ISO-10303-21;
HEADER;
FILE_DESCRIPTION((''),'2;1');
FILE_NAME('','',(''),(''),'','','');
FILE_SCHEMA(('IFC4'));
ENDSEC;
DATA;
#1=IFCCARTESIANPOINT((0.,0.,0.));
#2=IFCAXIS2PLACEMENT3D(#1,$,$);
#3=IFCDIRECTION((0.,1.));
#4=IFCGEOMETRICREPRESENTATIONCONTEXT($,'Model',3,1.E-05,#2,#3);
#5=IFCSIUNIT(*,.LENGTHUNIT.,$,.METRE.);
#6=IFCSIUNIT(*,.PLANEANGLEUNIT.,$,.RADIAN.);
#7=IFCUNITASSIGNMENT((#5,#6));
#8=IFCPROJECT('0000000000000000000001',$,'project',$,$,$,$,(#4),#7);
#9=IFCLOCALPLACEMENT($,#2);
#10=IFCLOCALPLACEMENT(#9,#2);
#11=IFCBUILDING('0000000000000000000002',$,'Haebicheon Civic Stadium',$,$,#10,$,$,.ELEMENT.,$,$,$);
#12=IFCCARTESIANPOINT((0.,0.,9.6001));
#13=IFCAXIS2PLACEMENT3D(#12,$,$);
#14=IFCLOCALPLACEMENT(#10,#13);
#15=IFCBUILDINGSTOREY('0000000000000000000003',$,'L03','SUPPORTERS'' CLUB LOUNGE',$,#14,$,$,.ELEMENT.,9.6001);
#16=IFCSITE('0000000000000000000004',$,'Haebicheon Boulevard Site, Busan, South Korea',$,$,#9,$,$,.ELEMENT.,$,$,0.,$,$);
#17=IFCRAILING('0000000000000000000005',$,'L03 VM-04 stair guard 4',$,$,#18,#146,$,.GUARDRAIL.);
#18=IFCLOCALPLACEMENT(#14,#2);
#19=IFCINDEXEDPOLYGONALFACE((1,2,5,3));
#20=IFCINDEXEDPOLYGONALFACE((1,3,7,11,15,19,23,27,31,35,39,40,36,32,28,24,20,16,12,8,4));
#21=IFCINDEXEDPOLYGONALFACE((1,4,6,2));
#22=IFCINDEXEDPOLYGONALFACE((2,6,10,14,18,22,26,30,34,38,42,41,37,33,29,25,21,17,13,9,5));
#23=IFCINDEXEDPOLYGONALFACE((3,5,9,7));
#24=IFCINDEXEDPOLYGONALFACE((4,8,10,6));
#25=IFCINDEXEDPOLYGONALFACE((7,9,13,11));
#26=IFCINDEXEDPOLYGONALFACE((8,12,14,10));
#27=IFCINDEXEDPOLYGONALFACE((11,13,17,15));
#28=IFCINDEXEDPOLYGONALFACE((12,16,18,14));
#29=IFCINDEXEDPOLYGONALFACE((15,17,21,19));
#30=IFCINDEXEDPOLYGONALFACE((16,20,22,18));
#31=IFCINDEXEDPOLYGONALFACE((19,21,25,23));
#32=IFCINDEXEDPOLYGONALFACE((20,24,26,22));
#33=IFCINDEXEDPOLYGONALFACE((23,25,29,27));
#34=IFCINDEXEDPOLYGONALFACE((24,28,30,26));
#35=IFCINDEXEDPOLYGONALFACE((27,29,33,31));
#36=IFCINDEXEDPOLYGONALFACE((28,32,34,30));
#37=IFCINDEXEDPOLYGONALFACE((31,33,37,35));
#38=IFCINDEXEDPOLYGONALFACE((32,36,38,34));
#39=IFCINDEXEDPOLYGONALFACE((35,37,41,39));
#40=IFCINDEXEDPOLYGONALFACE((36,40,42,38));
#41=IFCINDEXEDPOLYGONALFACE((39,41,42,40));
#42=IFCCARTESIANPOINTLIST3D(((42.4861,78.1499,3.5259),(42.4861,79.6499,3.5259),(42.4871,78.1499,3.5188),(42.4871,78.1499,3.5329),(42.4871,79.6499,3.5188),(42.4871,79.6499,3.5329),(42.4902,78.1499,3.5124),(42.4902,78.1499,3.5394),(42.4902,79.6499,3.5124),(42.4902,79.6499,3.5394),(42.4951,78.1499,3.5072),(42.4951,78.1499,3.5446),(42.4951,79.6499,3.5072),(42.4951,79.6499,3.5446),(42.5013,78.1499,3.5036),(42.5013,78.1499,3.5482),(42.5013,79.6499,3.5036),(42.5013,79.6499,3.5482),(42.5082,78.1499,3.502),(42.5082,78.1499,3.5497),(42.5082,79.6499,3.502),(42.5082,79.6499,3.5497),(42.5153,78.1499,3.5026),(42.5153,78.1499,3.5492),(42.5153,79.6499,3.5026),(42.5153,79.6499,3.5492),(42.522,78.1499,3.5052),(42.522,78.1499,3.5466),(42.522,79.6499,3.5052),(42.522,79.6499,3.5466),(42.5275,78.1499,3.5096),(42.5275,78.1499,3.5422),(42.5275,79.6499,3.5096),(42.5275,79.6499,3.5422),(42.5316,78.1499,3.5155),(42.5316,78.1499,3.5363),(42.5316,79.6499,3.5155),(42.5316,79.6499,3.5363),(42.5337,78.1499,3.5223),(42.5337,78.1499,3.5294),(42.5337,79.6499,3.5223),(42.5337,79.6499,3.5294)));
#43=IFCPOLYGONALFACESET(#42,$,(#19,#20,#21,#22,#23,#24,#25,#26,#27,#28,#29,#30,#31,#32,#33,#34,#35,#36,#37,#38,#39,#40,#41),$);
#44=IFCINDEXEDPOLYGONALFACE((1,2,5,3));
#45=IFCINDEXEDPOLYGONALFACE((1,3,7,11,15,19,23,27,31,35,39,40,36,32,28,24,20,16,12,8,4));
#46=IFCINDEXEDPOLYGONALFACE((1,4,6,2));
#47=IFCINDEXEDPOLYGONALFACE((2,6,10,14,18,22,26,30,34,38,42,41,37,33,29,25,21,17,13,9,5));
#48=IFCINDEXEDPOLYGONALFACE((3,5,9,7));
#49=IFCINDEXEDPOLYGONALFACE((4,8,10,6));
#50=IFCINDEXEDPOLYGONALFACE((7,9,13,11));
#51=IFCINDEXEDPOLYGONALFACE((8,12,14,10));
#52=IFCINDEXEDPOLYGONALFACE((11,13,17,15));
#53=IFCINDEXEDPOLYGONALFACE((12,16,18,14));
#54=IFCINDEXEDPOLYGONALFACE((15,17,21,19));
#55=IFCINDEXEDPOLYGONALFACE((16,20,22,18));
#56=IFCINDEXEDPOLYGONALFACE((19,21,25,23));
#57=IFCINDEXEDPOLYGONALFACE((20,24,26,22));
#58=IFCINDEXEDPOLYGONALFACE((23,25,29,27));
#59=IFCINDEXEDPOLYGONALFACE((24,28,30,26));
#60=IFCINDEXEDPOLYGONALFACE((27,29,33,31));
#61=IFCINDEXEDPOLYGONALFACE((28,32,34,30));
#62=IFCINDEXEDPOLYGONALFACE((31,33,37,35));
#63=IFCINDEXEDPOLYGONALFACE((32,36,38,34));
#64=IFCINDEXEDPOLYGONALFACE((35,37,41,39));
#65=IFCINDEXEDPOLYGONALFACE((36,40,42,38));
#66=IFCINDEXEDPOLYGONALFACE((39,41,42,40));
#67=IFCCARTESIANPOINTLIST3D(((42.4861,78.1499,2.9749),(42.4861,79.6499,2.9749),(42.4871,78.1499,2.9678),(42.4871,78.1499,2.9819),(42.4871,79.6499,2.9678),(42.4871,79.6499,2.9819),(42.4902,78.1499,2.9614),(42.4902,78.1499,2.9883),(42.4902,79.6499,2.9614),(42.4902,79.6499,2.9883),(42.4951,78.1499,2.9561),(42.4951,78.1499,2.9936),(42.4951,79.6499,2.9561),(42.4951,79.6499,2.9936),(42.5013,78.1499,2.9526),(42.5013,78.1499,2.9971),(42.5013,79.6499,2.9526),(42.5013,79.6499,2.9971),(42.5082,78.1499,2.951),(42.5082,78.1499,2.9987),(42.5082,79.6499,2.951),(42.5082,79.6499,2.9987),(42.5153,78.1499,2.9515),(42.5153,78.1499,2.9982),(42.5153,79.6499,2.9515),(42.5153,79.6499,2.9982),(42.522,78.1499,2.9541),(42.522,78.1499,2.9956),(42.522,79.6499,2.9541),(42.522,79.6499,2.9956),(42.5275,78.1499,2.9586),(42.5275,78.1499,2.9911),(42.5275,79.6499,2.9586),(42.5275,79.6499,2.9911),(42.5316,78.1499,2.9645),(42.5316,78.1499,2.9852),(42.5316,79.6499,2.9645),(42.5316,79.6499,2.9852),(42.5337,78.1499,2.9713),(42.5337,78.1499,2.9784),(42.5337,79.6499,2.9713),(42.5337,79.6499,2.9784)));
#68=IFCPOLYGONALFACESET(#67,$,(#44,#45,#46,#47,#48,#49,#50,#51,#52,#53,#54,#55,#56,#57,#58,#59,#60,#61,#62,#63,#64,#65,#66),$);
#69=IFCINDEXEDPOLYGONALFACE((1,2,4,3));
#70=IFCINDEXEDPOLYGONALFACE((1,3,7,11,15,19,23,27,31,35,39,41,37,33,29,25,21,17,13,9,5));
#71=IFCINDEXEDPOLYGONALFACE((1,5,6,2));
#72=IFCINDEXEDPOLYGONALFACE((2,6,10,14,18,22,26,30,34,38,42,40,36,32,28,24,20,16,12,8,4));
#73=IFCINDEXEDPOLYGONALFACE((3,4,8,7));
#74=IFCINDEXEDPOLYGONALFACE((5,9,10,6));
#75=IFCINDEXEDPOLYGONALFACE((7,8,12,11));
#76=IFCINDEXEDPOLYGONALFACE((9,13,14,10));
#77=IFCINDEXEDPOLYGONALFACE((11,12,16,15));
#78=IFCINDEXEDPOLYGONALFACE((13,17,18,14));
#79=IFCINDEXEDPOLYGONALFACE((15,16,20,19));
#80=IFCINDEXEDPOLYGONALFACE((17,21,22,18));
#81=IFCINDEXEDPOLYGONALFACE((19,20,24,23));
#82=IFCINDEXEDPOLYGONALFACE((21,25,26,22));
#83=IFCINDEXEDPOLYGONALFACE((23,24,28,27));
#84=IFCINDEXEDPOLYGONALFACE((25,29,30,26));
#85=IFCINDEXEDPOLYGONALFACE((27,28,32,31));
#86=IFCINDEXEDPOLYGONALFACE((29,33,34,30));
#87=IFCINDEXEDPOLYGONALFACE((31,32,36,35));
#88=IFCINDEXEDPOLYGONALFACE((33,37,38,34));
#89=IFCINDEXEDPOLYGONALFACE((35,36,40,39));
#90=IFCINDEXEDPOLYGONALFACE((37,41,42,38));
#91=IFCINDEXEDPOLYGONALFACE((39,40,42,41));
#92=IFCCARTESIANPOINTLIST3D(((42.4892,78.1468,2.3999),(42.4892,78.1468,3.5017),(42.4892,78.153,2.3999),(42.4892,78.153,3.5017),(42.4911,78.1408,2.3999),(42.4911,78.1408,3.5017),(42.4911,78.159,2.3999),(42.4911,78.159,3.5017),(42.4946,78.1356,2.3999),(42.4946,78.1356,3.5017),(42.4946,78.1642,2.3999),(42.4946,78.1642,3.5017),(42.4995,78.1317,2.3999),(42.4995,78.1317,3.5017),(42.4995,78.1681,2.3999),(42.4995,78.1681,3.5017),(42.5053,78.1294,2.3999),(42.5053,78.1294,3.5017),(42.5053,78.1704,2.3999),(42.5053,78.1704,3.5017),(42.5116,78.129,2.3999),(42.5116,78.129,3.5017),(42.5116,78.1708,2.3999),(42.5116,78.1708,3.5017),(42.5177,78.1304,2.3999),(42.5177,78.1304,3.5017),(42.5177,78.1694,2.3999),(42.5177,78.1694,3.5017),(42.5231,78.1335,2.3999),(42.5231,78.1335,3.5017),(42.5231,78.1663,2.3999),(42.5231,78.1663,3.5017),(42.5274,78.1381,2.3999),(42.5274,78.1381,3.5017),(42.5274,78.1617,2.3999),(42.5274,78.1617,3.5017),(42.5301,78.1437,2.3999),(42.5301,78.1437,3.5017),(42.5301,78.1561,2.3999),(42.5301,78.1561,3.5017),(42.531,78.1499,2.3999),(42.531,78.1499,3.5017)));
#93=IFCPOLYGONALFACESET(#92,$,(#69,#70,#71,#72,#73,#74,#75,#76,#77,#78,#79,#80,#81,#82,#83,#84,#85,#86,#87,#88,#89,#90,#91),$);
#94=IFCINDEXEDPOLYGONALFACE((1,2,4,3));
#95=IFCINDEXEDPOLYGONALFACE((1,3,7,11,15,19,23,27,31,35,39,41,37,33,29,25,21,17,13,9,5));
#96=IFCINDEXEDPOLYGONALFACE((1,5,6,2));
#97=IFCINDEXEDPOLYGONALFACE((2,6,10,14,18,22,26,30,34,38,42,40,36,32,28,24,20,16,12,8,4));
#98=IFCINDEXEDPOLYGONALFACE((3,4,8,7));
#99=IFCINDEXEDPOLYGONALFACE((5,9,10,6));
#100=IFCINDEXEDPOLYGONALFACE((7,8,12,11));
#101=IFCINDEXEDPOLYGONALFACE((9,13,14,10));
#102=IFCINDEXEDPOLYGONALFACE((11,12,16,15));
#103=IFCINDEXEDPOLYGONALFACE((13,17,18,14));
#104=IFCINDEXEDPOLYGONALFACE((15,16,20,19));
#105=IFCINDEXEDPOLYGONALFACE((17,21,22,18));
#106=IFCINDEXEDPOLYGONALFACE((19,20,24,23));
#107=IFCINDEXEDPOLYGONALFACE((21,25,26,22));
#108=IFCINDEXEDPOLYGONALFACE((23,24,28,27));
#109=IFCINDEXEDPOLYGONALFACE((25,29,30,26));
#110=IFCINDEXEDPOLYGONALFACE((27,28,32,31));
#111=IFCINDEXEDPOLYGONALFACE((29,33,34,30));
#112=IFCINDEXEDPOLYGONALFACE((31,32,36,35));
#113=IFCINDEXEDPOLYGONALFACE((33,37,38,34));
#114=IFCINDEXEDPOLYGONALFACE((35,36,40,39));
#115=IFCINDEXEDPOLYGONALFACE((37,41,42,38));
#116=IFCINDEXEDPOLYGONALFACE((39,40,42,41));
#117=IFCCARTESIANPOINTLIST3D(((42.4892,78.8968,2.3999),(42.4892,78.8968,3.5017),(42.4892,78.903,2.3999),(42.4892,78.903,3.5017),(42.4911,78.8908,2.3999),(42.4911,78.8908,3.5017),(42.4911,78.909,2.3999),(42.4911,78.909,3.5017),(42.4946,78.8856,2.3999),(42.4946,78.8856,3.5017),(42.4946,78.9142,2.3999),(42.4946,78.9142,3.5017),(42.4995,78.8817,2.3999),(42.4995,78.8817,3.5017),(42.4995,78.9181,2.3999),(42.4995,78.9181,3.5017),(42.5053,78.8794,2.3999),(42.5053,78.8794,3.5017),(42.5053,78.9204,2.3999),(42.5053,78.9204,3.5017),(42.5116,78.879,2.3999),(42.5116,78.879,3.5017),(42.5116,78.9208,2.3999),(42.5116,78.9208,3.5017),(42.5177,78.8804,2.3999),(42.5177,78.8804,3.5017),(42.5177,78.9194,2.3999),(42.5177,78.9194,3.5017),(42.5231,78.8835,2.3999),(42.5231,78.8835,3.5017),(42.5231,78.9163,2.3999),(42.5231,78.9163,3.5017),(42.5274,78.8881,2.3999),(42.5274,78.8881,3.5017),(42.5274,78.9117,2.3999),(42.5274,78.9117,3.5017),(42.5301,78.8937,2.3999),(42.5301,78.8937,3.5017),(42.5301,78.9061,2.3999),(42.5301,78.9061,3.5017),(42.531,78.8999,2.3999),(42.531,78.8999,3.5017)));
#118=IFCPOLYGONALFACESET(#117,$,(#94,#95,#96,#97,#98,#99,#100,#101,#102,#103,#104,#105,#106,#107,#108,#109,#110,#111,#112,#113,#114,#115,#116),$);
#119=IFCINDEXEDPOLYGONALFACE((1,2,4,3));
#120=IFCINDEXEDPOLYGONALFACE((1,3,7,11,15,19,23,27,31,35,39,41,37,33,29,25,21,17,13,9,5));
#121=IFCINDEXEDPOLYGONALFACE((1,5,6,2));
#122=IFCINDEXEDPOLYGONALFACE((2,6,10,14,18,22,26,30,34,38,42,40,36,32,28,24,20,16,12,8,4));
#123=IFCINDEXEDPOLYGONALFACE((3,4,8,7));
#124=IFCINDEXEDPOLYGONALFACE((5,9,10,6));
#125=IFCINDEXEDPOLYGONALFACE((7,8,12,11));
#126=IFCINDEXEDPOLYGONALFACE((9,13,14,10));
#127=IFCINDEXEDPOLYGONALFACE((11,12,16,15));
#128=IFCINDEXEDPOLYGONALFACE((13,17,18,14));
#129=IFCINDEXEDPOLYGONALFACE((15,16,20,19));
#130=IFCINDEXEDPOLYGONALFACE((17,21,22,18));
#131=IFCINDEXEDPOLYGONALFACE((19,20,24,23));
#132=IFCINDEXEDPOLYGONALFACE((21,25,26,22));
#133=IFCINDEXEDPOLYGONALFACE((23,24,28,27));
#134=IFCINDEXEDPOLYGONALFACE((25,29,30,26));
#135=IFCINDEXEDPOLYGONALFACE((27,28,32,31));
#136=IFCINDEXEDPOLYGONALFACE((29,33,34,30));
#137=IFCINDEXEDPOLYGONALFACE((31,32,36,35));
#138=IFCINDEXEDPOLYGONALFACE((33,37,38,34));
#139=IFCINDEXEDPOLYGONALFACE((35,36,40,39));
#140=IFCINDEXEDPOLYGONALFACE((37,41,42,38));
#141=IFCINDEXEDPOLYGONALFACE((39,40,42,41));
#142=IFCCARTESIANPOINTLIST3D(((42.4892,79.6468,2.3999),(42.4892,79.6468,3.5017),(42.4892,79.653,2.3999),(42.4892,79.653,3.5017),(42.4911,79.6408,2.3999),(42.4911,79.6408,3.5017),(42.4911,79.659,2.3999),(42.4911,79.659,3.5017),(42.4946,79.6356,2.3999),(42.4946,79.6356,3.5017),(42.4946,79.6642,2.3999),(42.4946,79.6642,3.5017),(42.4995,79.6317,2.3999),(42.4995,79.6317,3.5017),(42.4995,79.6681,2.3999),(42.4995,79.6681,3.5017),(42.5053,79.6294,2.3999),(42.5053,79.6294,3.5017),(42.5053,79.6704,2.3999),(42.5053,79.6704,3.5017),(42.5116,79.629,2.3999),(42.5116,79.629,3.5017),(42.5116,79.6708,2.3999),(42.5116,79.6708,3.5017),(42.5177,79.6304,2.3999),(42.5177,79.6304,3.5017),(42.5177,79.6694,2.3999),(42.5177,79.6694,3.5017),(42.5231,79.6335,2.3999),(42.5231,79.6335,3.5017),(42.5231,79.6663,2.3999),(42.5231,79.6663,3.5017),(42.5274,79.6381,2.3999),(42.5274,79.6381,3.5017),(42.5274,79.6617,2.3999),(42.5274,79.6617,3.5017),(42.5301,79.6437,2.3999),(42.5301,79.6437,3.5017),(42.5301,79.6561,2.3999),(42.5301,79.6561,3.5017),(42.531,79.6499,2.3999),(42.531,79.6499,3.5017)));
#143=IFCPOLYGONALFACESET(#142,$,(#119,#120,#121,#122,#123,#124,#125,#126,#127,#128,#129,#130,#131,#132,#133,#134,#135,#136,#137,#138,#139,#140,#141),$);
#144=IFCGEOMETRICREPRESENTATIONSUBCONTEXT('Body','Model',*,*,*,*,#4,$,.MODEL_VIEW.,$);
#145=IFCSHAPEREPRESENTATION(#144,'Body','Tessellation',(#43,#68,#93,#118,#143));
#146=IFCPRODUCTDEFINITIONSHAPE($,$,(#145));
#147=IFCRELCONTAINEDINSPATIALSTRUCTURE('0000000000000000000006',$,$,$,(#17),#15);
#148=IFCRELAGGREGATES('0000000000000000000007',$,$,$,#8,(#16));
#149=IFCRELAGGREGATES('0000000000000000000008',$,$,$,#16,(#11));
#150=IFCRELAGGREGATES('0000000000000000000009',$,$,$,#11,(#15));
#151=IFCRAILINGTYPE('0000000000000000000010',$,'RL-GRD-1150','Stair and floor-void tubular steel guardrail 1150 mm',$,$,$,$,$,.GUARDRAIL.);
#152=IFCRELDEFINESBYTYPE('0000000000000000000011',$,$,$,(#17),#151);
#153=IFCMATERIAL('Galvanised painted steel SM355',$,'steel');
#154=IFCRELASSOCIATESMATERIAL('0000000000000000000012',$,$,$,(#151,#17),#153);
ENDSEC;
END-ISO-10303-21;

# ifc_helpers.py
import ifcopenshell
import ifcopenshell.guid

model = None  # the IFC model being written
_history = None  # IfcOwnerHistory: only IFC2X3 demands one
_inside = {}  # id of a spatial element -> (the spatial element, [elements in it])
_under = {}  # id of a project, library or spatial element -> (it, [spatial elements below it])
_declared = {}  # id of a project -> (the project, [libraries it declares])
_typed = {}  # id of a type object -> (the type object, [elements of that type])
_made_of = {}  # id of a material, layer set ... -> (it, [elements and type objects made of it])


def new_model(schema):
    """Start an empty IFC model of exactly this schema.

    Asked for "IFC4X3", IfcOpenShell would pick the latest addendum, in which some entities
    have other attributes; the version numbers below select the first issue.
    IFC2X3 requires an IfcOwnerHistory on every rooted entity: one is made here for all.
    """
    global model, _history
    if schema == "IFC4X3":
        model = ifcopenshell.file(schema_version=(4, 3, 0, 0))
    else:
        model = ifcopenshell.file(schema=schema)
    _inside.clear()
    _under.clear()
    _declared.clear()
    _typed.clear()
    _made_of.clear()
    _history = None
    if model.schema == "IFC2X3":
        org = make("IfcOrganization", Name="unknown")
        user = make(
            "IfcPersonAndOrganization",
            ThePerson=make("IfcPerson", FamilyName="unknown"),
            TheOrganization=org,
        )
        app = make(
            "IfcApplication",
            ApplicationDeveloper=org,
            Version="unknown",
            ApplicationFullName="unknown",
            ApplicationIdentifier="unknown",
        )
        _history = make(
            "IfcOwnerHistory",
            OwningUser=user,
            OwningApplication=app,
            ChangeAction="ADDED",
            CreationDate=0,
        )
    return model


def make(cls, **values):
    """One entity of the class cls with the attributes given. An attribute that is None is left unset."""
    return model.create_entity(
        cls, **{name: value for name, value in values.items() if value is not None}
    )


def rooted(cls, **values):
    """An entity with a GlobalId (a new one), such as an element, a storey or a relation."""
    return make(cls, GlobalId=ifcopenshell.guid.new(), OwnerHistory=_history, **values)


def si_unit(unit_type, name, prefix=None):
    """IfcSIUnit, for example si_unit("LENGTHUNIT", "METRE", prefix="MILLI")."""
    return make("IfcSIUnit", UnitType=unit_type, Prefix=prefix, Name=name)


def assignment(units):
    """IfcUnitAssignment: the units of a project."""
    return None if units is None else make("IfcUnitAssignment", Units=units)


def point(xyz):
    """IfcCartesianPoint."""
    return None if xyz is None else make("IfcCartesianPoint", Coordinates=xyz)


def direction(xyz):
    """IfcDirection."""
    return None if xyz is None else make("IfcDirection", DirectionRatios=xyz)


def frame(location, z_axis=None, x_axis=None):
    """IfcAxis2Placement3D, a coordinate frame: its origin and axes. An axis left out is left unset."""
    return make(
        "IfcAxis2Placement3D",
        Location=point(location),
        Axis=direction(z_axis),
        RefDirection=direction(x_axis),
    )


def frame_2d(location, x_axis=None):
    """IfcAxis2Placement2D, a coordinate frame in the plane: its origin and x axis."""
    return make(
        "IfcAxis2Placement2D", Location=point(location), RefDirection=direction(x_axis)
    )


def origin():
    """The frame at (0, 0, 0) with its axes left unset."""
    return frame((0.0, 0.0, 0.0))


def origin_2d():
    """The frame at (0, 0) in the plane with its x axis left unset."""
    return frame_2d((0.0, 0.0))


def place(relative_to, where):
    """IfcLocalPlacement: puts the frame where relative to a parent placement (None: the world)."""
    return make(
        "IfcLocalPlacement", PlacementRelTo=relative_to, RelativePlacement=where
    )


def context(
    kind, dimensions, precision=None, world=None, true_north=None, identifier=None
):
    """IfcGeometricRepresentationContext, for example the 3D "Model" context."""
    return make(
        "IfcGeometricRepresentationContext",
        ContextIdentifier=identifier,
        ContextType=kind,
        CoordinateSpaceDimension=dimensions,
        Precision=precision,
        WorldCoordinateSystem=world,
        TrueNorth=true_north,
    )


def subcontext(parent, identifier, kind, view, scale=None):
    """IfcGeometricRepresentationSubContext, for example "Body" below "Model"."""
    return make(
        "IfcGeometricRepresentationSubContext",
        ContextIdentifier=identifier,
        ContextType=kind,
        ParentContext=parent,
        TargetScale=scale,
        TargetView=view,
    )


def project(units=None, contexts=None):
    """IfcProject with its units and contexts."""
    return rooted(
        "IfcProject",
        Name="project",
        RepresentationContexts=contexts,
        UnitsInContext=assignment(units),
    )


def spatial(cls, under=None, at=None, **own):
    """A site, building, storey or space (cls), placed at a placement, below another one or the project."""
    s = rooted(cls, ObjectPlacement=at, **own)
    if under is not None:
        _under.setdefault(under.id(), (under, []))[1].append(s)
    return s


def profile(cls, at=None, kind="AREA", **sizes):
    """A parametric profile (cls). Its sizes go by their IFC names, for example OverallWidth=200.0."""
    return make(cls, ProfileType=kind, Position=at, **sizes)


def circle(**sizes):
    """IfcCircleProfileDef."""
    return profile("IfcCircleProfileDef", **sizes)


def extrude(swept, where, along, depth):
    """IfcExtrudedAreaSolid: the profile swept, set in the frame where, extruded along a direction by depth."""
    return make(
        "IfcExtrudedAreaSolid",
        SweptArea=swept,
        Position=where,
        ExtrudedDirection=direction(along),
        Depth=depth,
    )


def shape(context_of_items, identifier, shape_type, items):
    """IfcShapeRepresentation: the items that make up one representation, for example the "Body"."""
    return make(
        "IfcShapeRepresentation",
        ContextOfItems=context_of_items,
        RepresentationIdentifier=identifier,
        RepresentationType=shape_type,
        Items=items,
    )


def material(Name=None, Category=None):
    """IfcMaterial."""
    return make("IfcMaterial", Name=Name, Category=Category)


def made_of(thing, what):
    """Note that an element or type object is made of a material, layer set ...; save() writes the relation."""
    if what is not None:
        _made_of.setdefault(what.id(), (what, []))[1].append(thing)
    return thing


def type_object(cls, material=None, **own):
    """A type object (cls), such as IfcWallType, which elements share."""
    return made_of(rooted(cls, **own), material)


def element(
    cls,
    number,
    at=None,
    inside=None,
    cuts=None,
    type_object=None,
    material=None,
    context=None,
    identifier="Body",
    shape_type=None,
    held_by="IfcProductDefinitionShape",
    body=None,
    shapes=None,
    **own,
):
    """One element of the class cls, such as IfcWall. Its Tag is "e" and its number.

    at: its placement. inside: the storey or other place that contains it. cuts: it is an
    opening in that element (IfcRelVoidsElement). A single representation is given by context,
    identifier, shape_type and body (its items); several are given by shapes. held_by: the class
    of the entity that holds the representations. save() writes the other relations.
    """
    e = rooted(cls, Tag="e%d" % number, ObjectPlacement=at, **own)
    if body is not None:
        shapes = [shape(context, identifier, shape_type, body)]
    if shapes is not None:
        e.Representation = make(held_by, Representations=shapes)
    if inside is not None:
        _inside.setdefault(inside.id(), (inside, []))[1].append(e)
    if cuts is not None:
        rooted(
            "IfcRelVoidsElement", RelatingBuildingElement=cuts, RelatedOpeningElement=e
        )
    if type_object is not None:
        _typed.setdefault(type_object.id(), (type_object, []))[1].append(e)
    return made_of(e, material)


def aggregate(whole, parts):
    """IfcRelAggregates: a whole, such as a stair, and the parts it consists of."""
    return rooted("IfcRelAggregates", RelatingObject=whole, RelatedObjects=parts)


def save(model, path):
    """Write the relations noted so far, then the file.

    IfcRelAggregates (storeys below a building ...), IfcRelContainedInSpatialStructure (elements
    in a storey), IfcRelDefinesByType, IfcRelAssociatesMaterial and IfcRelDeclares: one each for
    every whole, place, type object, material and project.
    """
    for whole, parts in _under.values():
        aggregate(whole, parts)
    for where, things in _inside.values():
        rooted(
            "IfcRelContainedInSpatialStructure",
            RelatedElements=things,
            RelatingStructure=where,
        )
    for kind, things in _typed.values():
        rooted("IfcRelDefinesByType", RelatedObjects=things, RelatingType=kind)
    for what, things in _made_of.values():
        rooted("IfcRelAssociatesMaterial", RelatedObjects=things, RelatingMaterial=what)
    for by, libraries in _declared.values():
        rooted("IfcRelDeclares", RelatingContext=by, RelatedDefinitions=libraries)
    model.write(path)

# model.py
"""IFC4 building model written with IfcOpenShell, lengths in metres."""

from ifc_helpers import new_model, si_unit, direction, frame, origin, origin_2d, place, context, subcontext, project, spatial, circle, extrude, material, type_object, element, save


model = new_model("IFC4")

# Units and contexts
model_context = context("Model", 3, precision=1e-05, world=origin(), true_north=direction((0.0, 1.0)))
body_context = subcontext(model_context, "Body", "Model", "MODEL_VIEW")
ifc_project = project(units=[si_unit("LENGTHUNIT", "METRE"), si_unit("PLANEANGLEUNIT", "RADIAN")], contexts=[model_context])

# Site, building, storey
site_placement = place(None, origin())
site = spatial("IfcSite", under=ifc_project, at=site_placement, Name="Haebicheon Boulevard Site, Busan, South Korea", CompositionType="ELEMENT", RefElevation=0.0)
building_placement = place(site_placement, origin())
building = spatial("IfcBuilding", under=site, at=building_placement, Name="Haebicheon Civic Stadium", CompositionType="ELEMENT")
storey_placement = place(building_placement, frame((0.0, 0.0, 9.6001)))
storey = spatial("IfcBuildingStorey", under=building, at=storey_placement, Name="L03", Description="SUPPORTERS' CLUB LOUNGE", CompositionType="ELEMENT", Elevation=9.6001)

# Railing
ifc_material_1 = material(Name="Galvanised painted steel SM355", Category="steel")
railing_type_1 = type_object("IfcRailingType", Name="RL-GRD-1150", Description="Stair and floor-void tubular steel guardrail 1150 mm", PredefinedType="GUARDRAIL", material=ifc_material_1)
for number, where, name in (
    (1, (42.51, 78.1499, 2.3999), "L03 VM-04 stair guard 4"),
):
    element("IfcRailing", number, at=place(storey_placement, frame(where)), inside=storey, type_object=railing_type_1, material=ifc_material_1, Name=name, PredefinedType="GUARDRAIL", context=body_context, shape_type="SweptSolid", body=[
        extrude(circle(Radius=0.0239, at=origin_2d()), frame((0.0, 0.0, 1.126), z_axis=(0.0, 1.0, 0.0), x_axis=(-1.0, 0.0, 0.0)), (0.0, 0.0, 1.0), 1.5),
        extrude(circle(Radius=0.0239, at=origin_2d()), frame((0.0, 0.0, 0.575), z_axis=(0.0, 1.0, 0.0), x_axis=(-1.0, 0.0, 0.0)), (0.0, 0.0, 1.0), 1.5),
        extrude(circle(Radius=0.021, at=origin_2d()), origin(), (0.0, 0.0, 1.0), 1.1018),
        extrude(circle(Radius=0.021, at=origin_2d()), frame((0.0, 0.75, 0.0)), (0.0, 0.0, 1.0), 1.1018),
        extrude(circle(Radius=0.021, at=origin_2d()), frame((0.0, 1.5, 0.0)), (0.0, 0.0, 1.0), 1.1018),
    ])

save(model, "model.ifc")
